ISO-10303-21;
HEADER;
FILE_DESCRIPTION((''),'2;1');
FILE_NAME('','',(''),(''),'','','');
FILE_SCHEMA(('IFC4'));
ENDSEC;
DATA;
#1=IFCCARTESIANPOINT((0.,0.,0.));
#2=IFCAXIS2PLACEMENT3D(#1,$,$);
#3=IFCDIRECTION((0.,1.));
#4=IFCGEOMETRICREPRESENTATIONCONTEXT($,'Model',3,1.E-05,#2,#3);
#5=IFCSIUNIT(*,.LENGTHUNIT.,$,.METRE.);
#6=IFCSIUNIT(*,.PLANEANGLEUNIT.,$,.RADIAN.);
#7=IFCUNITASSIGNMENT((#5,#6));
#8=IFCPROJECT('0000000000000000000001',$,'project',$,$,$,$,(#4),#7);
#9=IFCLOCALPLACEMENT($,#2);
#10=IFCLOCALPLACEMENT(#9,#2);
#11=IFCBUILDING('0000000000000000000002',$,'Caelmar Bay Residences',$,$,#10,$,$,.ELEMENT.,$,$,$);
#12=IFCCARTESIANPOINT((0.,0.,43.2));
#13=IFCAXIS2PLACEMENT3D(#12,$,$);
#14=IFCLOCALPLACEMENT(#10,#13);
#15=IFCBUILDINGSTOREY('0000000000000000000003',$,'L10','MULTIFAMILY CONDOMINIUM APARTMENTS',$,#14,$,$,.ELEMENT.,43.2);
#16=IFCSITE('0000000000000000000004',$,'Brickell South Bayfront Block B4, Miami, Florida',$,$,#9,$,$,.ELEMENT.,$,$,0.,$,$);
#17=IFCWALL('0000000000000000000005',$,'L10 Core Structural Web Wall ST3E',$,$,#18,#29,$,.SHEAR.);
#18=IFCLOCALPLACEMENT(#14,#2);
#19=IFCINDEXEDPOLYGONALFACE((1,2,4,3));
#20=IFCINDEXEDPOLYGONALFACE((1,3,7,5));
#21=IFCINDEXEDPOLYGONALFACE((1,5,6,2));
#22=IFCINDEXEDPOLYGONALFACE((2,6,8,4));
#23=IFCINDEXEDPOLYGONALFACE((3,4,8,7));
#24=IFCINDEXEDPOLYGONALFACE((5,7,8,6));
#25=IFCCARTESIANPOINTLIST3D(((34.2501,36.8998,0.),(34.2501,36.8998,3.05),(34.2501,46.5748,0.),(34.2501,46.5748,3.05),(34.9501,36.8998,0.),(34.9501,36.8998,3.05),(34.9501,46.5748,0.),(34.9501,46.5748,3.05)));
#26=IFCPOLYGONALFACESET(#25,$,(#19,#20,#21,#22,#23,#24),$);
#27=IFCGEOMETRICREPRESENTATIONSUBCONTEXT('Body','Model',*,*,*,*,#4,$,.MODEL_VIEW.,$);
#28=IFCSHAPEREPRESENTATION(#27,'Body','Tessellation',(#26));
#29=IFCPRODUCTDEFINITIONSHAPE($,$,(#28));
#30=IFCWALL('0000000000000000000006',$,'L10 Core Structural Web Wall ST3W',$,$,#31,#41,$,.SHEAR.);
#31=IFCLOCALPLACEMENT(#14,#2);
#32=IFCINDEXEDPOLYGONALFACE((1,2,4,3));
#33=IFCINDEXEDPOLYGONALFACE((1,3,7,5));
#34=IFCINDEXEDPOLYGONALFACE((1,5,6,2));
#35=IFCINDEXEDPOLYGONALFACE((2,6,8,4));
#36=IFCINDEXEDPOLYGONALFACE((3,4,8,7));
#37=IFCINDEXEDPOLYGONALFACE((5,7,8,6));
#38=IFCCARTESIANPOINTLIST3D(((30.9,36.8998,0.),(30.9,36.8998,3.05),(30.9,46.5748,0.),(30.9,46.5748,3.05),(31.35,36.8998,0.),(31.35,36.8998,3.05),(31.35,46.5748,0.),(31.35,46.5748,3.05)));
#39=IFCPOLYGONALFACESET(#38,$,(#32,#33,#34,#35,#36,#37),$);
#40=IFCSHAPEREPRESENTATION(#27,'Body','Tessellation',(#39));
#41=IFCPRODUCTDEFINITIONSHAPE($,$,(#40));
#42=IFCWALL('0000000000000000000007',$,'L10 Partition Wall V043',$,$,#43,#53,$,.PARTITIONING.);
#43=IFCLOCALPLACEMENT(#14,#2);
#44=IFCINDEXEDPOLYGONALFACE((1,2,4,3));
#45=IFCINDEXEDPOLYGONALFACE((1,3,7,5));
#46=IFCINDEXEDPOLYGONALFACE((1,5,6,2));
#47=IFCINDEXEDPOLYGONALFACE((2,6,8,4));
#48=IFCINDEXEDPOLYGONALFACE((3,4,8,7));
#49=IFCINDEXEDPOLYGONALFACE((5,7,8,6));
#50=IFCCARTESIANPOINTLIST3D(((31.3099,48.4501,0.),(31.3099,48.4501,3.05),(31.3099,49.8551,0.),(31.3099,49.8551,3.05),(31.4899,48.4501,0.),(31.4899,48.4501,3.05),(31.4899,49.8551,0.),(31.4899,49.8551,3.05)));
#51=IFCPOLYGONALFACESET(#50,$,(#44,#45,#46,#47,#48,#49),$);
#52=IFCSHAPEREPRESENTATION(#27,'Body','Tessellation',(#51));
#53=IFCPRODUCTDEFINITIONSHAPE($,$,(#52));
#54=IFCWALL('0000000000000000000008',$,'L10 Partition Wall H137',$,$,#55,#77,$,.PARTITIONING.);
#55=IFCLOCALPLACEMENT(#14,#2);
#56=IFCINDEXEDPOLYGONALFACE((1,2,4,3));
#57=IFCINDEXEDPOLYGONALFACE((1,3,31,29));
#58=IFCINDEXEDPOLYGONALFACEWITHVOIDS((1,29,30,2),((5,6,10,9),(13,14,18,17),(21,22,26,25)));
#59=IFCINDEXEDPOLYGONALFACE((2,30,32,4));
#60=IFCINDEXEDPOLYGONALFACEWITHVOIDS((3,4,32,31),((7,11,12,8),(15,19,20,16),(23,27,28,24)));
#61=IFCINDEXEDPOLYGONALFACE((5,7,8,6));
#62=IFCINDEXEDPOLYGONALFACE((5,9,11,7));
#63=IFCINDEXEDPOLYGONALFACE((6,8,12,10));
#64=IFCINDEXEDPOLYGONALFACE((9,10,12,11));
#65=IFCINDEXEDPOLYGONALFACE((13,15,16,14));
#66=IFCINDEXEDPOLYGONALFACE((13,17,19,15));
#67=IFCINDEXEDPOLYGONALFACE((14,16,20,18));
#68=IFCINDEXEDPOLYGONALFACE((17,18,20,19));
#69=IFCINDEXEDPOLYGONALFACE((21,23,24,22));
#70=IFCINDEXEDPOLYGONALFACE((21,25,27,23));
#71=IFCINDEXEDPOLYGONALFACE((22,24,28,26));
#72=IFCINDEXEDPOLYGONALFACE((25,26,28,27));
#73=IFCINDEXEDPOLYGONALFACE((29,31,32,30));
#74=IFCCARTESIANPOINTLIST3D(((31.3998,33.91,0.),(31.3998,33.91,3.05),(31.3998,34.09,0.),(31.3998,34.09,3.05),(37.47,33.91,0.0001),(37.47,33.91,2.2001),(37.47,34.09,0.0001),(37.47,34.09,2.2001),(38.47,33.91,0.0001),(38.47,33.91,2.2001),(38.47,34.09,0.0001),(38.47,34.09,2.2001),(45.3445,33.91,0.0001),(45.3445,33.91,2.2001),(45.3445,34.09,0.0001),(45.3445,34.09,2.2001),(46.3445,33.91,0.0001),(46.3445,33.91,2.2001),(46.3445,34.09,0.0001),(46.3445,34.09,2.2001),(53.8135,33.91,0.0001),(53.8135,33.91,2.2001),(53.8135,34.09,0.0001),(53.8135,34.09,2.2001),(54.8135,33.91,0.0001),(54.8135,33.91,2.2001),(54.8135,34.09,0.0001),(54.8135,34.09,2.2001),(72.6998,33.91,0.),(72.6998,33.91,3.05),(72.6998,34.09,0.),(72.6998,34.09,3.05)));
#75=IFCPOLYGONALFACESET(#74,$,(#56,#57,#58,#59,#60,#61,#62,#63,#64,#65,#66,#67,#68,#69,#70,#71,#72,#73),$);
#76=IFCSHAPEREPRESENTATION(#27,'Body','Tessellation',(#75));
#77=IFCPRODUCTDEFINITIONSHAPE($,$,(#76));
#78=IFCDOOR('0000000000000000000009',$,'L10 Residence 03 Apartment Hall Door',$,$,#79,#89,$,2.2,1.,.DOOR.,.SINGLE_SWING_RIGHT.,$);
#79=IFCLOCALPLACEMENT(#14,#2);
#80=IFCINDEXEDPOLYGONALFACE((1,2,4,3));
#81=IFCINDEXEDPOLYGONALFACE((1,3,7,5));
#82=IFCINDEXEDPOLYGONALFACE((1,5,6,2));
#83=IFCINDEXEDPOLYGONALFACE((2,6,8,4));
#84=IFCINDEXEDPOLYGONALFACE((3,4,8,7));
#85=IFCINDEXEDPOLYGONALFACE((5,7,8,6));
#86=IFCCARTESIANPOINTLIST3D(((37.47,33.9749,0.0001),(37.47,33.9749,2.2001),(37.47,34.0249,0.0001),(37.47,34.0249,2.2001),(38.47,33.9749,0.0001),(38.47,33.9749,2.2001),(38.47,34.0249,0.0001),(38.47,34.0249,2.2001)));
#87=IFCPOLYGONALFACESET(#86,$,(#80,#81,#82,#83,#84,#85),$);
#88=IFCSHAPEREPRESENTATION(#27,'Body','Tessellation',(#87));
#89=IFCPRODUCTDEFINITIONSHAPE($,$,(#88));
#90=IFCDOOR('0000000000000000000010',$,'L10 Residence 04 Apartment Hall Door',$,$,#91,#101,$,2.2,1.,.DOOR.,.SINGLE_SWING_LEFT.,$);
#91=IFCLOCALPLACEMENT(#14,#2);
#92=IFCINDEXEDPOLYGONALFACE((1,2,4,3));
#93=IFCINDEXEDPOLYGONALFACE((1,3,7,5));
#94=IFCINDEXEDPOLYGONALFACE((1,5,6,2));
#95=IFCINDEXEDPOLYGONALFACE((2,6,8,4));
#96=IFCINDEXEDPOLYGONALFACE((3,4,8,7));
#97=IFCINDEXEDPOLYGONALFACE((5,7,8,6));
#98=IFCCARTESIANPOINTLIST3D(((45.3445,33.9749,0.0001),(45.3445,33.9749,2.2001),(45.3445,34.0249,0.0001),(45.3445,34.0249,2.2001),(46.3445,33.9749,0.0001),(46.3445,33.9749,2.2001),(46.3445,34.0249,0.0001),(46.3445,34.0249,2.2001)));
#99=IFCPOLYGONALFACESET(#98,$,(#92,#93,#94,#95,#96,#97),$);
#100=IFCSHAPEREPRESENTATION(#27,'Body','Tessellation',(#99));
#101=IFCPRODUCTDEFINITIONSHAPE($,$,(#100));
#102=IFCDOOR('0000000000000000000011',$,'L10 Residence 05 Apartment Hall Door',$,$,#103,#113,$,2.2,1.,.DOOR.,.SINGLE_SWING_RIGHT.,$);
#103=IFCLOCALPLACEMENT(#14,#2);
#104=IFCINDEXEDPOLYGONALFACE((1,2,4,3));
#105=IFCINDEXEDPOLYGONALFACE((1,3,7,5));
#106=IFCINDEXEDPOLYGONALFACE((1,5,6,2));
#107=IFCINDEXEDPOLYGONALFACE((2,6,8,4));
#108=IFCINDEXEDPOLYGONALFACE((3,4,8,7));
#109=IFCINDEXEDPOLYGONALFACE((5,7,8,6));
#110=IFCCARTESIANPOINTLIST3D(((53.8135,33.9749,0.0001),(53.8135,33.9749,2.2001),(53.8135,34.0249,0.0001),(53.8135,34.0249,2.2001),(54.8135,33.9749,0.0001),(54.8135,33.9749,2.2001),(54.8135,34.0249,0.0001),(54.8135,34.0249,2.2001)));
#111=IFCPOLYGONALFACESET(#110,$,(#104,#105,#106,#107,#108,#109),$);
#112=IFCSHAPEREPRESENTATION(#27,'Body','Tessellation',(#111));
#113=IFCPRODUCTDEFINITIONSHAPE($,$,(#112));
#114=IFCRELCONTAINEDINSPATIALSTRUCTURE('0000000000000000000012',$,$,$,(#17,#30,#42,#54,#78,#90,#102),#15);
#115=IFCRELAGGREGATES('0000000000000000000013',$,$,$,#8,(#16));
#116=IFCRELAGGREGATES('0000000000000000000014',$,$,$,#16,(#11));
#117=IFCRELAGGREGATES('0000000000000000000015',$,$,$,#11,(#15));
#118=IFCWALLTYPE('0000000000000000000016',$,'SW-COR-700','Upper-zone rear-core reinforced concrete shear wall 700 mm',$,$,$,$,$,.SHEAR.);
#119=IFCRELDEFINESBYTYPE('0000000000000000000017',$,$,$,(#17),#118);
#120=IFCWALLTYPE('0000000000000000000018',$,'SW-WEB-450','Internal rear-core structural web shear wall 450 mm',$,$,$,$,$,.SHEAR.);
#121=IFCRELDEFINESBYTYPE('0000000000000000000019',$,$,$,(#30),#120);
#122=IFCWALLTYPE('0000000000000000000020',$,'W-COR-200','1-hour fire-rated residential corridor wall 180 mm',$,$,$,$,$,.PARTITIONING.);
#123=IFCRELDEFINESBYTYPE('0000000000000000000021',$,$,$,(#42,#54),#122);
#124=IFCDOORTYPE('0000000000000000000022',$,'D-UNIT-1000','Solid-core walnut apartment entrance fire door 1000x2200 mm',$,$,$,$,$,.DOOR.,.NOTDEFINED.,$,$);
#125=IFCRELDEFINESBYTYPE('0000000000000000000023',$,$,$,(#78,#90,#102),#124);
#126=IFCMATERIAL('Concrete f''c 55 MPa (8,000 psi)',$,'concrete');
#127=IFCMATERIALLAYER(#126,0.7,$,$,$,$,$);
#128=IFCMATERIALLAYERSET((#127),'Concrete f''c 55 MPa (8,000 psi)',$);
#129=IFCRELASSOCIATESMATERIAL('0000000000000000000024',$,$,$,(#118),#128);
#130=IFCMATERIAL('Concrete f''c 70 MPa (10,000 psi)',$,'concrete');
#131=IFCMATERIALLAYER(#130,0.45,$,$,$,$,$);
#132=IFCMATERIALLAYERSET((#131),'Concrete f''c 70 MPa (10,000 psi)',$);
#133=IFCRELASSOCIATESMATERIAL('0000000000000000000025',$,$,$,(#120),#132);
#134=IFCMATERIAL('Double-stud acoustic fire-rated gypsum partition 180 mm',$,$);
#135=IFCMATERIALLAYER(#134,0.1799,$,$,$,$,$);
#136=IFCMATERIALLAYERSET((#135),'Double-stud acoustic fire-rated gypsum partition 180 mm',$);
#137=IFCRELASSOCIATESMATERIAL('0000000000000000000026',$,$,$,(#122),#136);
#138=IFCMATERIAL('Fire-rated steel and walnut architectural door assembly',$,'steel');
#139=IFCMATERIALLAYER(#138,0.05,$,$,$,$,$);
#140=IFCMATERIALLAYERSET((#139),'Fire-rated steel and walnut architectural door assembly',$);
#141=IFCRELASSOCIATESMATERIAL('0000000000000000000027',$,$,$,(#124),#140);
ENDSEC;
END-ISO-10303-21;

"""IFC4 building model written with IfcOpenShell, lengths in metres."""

from ifc_helpers import new_model, si_unit, direction, frame, frame_2d, origin, place, context, subcontext, project, spatial, rectangle, extrude, material, layer, layer_set, type_object, element, fill, save


model = new_model("IFC4")

# Units and contexts
model_context = context("Model", 3, precision=1e-05, world=origin(), true_north=direction((0.0, 1.0)))
body_context = subcontext(model_context, "Body", "Model", "MODEL_VIEW")
ifc_project = project(units=[si_unit("LENGTHUNIT", "METRE"), si_unit("PLANEANGLEUNIT", "RADIAN")], contexts=[model_context])

# Site, building, storey
site_placement = place(None, origin())
site = spatial("IfcSite", under=ifc_project, at=site_placement, Name="Brickell South Bayfront Block B4, Miami, Florida", CompositionType="ELEMENT", RefElevation=0.0)
building_placement = place(site_placement, origin())
building = spatial("IfcBuilding", under=site, at=building_placement, Name="Caelmar Bay Residences", CompositionType="ELEMENT")
storey_placement = place(building_placement, frame((0.0, 0.0, 43.2)))
storey = spatial("IfcBuildingStorey", under=building, at=storey_placement, Name="L10", Description="MULTIFAMILY CONDOMINIUM APARTMENTS", CompositionType="ELEMENT", Elevation=43.2)

# Walls
ifc_material_1 = material(Name="Concrete f'c 55 MPa (8,000 psi)", Category="concrete")
ifc_layer_1 = layer(ifc_material_1, 0.7)
ifc_layer_set_1 = layer_set([ifc_layer_1], Name="Concrete f'c 55 MPa (8,000 psi)")
wall_type_1 = type_object("IfcWallType", Name="SW-COR-700", Description="Upper-zone rear-core reinforced concrete shear wall 700 mm", PredefinedType="SHEAR", material=ifc_layer_set_1)
wall_1_placement = place(storey_placement, frame((34.6001, 36.8999, 0.0), z_axis=(0.0, 0.0, 1.0), x_axis=(0.0, 1.0, 0.0)))
element("IfcWall", 1, at=wall_1_placement, inside=storey, type_object=wall_type_1, Name="L10 Core Structural Web Wall ST3E", PredefinedType="SHEAR", context=body_context, shape_type="SweptSolid", body=[
    extrude(rectangle(XDim=9.675, YDim=0.7, at=frame_2d((4.8374, 0.0))), origin(), (0.0, 0.0, 1.0), 3.05),
])
ifc_material_2 = material(Name="Concrete f'c 70 MPa (10,000 psi)", Category="concrete")
ifc_layer_2 = layer(ifc_material_2, 0.45)
ifc_layer_set_2 = layer_set([ifc_layer_2], Name="Concrete f'c 70 MPa (10,000 psi)")
wall_type_2 = type_object("IfcWallType", Name="SW-WEB-450", Description="Internal rear-core structural web shear wall 450 mm", PredefinedType="SHEAR", material=ifc_layer_set_2)
wall_2_placement = place(storey_placement, frame((31.125, 36.8999, 0.0), z_axis=(0.0, 0.0, 1.0), x_axis=(0.0, 1.0, 0.0)))
element("IfcWall", 2, at=wall_2_placement, inside=storey, type_object=wall_type_2, Name="L10 Core Structural Web Wall ST3W", PredefinedType="SHEAR", context=body_context, shape_type="SweptSolid", body=[
    extrude(rectangle(XDim=9.675, YDim=0.45, at=frame_2d((4.8374, 0.0))), origin(), (0.0, 0.0, 1.0), 3.05),
])
ifc_material_3 = material(Name="Double-stud acoustic fire-rated gypsum partition 180 mm")
ifc_layer_3 = layer(ifc_material_3, 0.1799)
ifc_layer_set_3 = layer_set([ifc_layer_3], Name="Double-stud acoustic fire-rated gypsum partition 180 mm")
wall_type_3 = type_object("IfcWallType", Name="W-COR-200", Description="1-hour fire-rated residential corridor wall 180 mm", PredefinedType="PARTITIONING", material=ifc_layer_set_3)
wall_3_placement = place(storey_placement, frame((31.3999, 48.45, 0.0), z_axis=(0.0, 0.0, 1.0), x_axis=(0.0, 1.0, 0.0)))
element("IfcWall", 3, at=wall_3_placement, inside=storey, type_object=wall_type_3, Name="L10 Partition Wall V043", PredefinedType="PARTITIONING", context=body_context, shape_type="SweptSolid", body=[
    extrude(rectangle(XDim=1.405, YDim=0.1799, at=frame_2d((0.7026, 0.0))), origin(), (0.0, 0.0, 1.0), 3.05),
])

# Wall, openings, doors
wall_4_placement = place(storey_placement, frame((31.3999, 34.0, 0.0), z_axis=(0.0, 0.0, 1.0), x_axis=(1.0, 0.0, 0.0)))
wall_4 = element("IfcWall", 4, at=wall_4_placement, inside=storey, type_object=wall_type_3, Name="L10 Partition Wall H137", PredefinedType="PARTITIONING", context=body_context, shape_type="SweptSolid", body=[
    extrude(rectangle(XDim=41.3, YDim=0.1799, at=frame_2d((20.6499, 0.0))), origin(), (0.0, 0.0, 1.0), 3.05),
])
opening_1_placement = place(wall_4_placement, frame((6.0701, 0.0, 0.0)))
opening_1 = element("IfcOpeningElement", 5, at=opening_1_placement, cuts=wall_4, PredefinedType="OPENING", context=body_context, shape_type="SweptSolid", body=[
    extrude(rectangle(XDim=1.0, YDim=2.2, at=frame_2d((0.5, 1.1001))), frame((0.0, 0.0999, 0.0), z_axis=(0.0, -1.0, 0.0), x_axis=(1.0, 0.0, 0.0)), (0.0, 0.0, 1.0), 0.2),
])
opening_2_placement = place(wall_4_placement, frame((13.9446, 0.0, 0.0)))
opening_2 = element("IfcOpeningElement", 6, at=opening_2_placement, cuts=wall_4, PredefinedType="OPENING", context=body_context, shape_type="SweptSolid", body=[
    extrude(rectangle(XDim=1.0, YDim=2.2, at=frame_2d((0.5, 1.1001))), frame((0.0, 0.0999, 0.0), z_axis=(0.0, -1.0, 0.0), x_axis=(1.0, 0.0, 0.0)), (0.0, 0.0, 1.0), 0.2),
])
opening_3_placement = place(wall_4_placement, frame((22.4136, 0.0, 0.0)))
opening_3 = element("IfcOpeningElement", 7, at=opening_3_placement, cuts=wall_4, PredefinedType="OPENING", context=body_context, shape_type="SweptSolid", body=[
    extrude(rectangle(XDim=1.0, YDim=2.2, at=frame_2d((0.5, 1.1001))), frame((0.0, 0.0999, 0.0), z_axis=(0.0, -1.0, 0.0), x_axis=(1.0, 0.0, 0.0)), (0.0, 0.0, 1.0), 0.2),
])
ifc_material_4 = material(Name="Fire-rated steel and walnut architectural door assembly", Category="steel")
ifc_layer_4 = layer(ifc_material_4, 0.05)
ifc_layer_set_4 = layer_set([ifc_layer_4], Name="Fire-rated steel and walnut architectural door assembly")
door_type_1 = type_object("IfcDoorType", Name="D-UNIT-1000", Description="Solid-core walnut apartment entrance fire door 1000x2200 mm", OperationType="NOTDEFINED", PredefinedType="DOOR", material=ifc_layer_set_4)
door_1_placement = place(opening_1_placement, origin())
door_1 = element("IfcDoor", 8, at=door_1_placement, inside=storey, type_object=door_type_1, Name="L10 Residence 03 Apartment Hall Door", OperationType="SINGLE_SWING_RIGHT", OverallHeight=2.2, OverallWidth=1.0, PredefinedType="DOOR", context=body_context, shape_type="SweptSolid", body=[
    extrude(rectangle(XDim=1.0, YDim=2.2, at=frame_2d((0.5, 1.1001))), frame((0.0, 0.0249, 0.0), z_axis=(0.0, -1.0, 0.0), x_axis=(1.0, 0.0, 0.0)), (0.0, 0.0, 1.0), 0.05),
])
fill(opening_1, door_1)
door_2_placement = place(opening_2_placement, origin())
door_2 = element("IfcDoor", 9, at=door_2_placement, inside=storey, type_object=door_type_1, Name="L10 Residence 04 Apartment Hall Door", OperationType="SINGLE_SWING_LEFT", OverallHeight=2.2, OverallWidth=1.0, PredefinedType="DOOR", context=body_context, shape_type="SweptSolid", body=[
    extrude(rectangle(XDim=1.0, YDim=2.2, at=frame_2d((0.5, 1.1001))), frame((0.0, 0.0249, 0.0), z_axis=(0.0, -1.0, 0.0), x_axis=(1.0, 0.0, 0.0)), (0.0, 0.0, 1.0), 0.05),
])
fill(opening_2, door_2)
door_3_placement = place(opening_3_placement, origin())
door_3 = element("IfcDoor", 10, at=door_3_placement, inside=storey, type_object=door_type_1, Name="L10 Residence 05 Apartment Hall Door", OperationType="SINGLE_SWING_RIGHT", OverallHeight=2.2, OverallWidth=1.0, PredefinedType="DOOR", context=body_context, shape_type="SweptSolid", body=[
    extrude(rectangle(XDim=1.0, YDim=2.2, at=frame_2d((0.5, 1.1001))), frame((0.0, 0.0249, 0.0), z_axis=(0.0, -1.0, 0.0), x_axis=(1.0, 0.0, 0.0)), (0.0, 0.0, 1.0), 0.05),
])
fill(opening_3, door_3)

save(model, "model.ifc")
